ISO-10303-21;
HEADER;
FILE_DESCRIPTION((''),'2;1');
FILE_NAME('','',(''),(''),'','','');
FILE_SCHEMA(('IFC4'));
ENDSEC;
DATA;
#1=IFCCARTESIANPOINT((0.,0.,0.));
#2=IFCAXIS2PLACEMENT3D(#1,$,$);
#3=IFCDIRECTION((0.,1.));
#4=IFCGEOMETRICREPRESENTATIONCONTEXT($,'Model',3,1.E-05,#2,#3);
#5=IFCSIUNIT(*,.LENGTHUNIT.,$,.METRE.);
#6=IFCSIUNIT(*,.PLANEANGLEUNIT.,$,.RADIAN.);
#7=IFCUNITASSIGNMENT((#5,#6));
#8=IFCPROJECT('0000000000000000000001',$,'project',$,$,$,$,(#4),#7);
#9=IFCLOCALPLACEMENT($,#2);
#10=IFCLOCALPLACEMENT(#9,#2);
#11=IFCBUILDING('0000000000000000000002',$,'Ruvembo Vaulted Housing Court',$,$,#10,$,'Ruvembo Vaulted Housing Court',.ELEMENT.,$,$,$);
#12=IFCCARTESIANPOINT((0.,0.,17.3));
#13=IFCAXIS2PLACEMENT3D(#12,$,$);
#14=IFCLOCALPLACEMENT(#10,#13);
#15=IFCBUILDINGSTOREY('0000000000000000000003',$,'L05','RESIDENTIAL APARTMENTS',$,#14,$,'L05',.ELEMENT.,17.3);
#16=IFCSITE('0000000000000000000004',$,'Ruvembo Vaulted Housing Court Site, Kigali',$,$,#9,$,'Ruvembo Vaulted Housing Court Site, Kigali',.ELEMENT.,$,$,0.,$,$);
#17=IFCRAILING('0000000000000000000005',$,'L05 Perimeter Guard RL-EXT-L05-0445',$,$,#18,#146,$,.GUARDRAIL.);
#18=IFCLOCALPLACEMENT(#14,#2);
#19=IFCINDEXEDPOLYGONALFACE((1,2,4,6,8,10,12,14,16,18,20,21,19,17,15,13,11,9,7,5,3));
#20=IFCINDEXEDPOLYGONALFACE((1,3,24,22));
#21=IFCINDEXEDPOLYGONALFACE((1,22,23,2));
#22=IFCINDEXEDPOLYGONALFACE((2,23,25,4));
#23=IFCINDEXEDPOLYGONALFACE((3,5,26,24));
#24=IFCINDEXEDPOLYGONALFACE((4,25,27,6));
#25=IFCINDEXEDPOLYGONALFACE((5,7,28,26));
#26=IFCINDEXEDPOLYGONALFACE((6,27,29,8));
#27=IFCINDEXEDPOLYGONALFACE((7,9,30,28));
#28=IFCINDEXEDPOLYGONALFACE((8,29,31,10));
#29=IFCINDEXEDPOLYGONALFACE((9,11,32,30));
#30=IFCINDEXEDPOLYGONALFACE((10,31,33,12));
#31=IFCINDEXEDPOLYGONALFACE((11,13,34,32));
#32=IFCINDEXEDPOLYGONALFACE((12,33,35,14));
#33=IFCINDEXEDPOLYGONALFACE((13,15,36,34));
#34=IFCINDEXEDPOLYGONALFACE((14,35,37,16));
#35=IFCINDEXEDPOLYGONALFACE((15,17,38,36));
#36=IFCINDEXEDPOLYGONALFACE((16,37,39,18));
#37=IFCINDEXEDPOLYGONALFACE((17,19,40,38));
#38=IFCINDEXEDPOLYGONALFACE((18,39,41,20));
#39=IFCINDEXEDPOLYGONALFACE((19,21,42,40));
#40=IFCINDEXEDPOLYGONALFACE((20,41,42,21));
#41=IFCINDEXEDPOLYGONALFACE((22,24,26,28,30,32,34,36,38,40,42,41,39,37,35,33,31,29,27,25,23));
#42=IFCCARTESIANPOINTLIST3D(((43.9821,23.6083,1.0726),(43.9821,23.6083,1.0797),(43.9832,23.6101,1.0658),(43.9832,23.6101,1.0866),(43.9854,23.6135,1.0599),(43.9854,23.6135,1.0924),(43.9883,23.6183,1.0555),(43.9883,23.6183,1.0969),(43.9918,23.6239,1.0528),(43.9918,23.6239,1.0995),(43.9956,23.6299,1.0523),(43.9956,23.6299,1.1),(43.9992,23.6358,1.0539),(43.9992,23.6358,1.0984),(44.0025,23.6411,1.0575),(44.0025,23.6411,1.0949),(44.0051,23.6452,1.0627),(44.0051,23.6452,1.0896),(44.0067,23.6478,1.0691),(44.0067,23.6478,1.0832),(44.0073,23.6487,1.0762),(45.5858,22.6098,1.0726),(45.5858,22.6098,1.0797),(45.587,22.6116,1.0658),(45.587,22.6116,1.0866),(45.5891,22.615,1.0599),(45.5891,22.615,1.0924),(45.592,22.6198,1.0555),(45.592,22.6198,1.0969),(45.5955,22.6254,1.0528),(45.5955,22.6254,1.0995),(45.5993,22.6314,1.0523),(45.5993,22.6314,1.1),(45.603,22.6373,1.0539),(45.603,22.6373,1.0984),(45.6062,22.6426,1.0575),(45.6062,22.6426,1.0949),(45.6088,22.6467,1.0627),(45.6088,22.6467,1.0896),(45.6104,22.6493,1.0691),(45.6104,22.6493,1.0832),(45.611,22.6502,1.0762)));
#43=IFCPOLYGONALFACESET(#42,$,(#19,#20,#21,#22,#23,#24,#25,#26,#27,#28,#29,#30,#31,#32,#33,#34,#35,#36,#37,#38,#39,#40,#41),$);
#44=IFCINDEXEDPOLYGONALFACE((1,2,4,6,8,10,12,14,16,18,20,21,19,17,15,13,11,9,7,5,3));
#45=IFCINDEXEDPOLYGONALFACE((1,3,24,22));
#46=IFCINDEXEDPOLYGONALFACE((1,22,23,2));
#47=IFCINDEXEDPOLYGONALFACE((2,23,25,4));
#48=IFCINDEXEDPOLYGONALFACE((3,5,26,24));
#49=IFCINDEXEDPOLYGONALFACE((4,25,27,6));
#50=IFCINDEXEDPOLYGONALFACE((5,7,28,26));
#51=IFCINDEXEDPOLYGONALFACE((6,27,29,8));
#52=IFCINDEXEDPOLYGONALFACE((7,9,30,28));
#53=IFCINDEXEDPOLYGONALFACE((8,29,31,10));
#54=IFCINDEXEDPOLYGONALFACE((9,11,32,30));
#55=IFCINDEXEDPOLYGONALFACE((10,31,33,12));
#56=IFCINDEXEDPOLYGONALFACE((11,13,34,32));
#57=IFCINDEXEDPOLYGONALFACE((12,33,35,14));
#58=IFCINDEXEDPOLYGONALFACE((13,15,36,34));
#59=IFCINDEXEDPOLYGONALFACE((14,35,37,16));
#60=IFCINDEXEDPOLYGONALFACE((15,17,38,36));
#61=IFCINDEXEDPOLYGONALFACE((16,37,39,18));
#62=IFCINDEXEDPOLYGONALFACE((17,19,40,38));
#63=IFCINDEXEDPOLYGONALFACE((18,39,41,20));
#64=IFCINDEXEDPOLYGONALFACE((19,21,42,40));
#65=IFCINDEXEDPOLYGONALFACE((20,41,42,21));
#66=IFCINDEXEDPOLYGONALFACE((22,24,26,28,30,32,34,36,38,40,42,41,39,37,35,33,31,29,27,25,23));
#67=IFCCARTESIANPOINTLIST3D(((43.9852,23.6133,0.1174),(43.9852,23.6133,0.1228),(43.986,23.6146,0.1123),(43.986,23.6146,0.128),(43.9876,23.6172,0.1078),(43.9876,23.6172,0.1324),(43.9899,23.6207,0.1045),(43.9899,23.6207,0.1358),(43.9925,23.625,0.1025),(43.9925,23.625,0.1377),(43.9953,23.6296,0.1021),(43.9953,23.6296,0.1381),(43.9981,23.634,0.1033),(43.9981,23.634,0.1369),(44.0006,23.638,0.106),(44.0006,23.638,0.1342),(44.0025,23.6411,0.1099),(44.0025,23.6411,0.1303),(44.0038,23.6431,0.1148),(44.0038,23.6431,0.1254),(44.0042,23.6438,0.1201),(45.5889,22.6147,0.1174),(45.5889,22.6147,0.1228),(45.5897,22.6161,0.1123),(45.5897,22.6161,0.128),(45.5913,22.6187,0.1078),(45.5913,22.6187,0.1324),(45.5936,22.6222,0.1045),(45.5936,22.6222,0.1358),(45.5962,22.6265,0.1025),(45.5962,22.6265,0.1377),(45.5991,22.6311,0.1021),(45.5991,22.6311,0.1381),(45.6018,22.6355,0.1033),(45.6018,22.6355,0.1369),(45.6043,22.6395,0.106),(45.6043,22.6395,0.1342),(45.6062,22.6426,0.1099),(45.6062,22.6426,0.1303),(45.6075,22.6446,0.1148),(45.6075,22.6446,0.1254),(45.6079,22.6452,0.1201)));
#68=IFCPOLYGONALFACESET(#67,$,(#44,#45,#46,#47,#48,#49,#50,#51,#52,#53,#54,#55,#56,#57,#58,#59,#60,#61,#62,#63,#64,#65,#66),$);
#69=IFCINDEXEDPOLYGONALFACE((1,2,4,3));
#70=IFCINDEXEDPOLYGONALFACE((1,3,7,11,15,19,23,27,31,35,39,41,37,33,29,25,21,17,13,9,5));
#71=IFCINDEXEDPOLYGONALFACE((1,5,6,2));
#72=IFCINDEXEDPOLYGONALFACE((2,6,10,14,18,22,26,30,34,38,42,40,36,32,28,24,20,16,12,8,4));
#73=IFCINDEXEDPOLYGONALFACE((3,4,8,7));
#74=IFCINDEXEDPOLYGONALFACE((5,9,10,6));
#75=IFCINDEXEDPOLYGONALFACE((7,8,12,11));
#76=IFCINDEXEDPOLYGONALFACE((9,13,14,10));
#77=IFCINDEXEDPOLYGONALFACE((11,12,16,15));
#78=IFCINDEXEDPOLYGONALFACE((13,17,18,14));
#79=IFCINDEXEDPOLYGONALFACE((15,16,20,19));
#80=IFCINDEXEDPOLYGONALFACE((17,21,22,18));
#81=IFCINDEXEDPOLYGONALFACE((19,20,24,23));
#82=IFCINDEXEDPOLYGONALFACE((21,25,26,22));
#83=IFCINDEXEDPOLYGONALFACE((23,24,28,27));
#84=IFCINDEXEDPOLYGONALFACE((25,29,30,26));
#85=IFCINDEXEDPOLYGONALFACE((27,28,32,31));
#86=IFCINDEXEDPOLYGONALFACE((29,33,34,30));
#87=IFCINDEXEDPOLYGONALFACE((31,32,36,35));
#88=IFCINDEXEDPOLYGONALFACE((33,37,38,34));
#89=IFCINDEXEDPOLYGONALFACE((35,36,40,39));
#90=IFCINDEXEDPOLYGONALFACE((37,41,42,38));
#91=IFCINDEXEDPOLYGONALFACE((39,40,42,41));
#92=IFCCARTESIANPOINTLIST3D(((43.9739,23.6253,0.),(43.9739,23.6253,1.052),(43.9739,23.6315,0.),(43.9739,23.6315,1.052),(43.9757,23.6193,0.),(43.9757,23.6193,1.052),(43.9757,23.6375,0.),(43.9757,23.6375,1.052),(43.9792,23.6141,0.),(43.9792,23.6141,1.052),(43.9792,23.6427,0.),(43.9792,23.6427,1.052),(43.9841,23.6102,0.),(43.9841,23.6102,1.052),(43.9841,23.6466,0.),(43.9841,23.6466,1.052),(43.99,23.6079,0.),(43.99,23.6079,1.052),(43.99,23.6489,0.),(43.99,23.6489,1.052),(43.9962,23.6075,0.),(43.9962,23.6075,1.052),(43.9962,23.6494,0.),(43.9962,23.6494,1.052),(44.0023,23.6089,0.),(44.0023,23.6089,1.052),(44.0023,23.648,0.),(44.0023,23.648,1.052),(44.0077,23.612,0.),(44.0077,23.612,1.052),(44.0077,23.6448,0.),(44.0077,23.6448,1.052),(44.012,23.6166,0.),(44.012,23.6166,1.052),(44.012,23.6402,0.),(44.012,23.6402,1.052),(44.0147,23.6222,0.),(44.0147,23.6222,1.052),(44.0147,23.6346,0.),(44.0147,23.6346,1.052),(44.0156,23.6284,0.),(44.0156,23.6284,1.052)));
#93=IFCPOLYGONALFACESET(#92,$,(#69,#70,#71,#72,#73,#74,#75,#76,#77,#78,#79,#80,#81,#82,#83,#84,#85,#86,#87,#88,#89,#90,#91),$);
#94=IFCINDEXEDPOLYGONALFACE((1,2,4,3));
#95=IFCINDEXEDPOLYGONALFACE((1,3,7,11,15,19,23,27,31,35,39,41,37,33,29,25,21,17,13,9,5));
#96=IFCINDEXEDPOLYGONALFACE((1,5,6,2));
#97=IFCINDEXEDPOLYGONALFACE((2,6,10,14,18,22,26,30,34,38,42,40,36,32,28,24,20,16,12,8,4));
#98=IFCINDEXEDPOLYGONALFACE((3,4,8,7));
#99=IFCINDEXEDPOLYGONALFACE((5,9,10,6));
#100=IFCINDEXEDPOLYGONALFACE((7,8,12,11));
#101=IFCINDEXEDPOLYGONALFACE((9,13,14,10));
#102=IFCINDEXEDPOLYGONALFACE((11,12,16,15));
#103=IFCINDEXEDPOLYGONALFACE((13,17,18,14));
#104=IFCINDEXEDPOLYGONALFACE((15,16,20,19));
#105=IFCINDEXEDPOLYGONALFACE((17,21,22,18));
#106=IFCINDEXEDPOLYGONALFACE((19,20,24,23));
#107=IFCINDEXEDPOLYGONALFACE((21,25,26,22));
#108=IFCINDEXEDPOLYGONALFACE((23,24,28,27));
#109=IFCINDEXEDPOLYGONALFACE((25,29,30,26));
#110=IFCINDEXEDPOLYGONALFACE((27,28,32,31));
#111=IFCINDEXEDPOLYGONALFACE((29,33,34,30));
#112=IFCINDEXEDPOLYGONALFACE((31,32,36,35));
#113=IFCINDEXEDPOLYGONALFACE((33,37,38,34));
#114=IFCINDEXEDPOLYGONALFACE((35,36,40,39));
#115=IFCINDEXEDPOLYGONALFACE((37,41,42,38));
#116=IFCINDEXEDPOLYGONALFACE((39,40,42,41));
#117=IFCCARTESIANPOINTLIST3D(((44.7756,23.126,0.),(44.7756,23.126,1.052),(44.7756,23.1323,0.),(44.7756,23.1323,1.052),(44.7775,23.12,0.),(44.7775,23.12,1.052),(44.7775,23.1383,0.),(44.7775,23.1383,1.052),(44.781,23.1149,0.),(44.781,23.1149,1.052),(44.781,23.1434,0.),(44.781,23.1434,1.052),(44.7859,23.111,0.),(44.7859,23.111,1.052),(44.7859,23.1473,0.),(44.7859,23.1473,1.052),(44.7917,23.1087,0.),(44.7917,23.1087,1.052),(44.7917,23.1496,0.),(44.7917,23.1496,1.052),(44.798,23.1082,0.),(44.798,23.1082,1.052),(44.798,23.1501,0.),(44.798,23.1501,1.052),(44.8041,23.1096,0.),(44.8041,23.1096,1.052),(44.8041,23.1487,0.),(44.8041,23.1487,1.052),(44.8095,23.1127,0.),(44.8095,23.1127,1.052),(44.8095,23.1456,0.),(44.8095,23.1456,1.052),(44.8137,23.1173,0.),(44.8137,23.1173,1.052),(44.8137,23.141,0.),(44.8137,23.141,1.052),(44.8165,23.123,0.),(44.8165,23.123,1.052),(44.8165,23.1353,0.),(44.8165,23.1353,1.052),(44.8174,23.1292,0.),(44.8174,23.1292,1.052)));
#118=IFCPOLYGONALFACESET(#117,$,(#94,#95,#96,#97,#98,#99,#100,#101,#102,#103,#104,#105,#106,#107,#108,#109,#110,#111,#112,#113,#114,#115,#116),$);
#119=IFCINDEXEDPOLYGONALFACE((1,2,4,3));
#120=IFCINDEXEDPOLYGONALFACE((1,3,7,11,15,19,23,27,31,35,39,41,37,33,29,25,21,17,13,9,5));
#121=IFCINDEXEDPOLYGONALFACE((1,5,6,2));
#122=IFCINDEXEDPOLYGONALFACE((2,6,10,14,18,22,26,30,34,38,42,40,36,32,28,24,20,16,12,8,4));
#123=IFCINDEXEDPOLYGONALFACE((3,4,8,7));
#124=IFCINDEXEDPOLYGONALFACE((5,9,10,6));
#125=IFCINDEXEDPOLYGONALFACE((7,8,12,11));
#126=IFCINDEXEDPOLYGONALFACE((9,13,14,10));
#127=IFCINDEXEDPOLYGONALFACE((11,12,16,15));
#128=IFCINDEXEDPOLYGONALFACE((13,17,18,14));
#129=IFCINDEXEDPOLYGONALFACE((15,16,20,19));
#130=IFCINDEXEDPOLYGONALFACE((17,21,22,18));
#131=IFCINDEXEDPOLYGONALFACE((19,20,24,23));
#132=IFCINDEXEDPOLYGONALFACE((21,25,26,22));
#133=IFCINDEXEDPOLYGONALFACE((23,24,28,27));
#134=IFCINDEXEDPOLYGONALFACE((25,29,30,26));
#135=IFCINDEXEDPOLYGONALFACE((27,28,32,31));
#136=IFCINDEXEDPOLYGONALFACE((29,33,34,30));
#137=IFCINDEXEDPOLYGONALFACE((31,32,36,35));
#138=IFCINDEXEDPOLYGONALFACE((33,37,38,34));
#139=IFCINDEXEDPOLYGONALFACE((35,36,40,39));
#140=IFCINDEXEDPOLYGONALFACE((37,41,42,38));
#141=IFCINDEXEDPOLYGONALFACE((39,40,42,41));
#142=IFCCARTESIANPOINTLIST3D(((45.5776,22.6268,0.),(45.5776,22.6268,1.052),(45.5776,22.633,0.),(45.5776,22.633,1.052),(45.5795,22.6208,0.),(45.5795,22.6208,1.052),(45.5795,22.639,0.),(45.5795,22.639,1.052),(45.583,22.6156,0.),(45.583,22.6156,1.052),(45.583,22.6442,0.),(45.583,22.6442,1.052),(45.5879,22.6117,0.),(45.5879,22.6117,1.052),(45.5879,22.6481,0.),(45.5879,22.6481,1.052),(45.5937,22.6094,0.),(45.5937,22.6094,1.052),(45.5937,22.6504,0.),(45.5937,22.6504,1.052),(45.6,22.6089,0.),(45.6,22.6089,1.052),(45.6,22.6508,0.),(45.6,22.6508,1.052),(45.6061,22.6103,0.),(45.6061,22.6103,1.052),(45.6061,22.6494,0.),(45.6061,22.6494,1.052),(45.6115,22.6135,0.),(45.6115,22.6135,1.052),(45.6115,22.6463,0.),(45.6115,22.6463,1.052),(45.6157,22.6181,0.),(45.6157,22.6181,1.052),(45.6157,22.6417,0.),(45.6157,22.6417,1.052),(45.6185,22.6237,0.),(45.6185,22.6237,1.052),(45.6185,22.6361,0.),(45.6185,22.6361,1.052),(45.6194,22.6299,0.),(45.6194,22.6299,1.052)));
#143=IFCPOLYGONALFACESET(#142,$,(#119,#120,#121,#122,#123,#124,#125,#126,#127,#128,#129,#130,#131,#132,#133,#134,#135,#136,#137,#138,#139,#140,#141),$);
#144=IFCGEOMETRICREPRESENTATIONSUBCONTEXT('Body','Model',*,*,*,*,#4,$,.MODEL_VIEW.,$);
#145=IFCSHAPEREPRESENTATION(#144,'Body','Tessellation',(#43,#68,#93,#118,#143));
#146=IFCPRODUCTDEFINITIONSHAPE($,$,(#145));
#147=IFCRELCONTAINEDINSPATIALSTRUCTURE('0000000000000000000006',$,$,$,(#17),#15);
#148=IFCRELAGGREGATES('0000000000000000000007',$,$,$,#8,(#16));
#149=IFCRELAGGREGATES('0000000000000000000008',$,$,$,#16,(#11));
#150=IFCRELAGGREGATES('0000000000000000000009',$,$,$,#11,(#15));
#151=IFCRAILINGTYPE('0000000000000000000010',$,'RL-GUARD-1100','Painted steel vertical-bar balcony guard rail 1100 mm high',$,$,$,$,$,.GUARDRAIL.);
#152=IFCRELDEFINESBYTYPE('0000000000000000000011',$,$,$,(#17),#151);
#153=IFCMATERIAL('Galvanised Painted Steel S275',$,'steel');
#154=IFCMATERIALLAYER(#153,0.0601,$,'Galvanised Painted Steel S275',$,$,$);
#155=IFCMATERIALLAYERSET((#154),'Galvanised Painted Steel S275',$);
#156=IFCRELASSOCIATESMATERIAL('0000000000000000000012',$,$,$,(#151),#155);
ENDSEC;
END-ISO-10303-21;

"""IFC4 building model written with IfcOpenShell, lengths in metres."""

from ifc_helpers import new_model, si_unit, direction, frame, origin, origin_2d, place, context, subcontext, project, spatial, circle, extrude, material, layer, layer_set, type_object, element, save


model = new_model("IFC4")

# Units and contexts
model_context = context("Model", 3, precision=1e-05, world=origin(), true_north=direction((0.0, 1.0)))
body_context = subcontext(model_context, "Body", "Model", "MODEL_VIEW")
ifc_project = project(units=[si_unit("LENGTHUNIT", "METRE"), si_unit("PLANEANGLEUNIT", "RADIAN")], contexts=[model_context])

# Site, building, storey
site_placement = place(None, origin())
site = spatial("IfcSite", under=ifc_project, at=site_placement, Name="Ruvembo Vaulted Housing Court Site, Kigali", LongName="Ruvembo Vaulted Housing Court Site, Kigali", CompositionType="ELEMENT", RefElevation=0.0)
building_placement = place(site_placement, origin())
building = spatial("IfcBuilding", under=site, at=building_placement, Name="Ruvembo Vaulted Housing Court", LongName="Ruvembo Vaulted Housing Court", CompositionType="ELEMENT")
storey_placement = place(building_placement, frame((0.0, 0.0, 17.3)))
storey = spatial("IfcBuildingStorey", under=building, at=storey_placement, Name="L05", Description="RESIDENTIAL APARTMENTS", LongName="L05", CompositionType="ELEMENT", Elevation=17.3)

# Railing
ifc_material_1 = material(Name="Galvanised Painted Steel S275", Category="steel")
ifc_layer = layer(ifc_material_1, 0.0601, Name="Galvanised Painted Steel S275")
ifc_layer_set = layer_set([ifc_layer], Name="Galvanised Painted Steel S275")
railing_type = type_object("IfcRailingType", Name="RL-GUARD-1100", Description="Painted steel vertical-bar balcony guard rail 1100 mm high", PredefinedType="GUARDRAIL", material=ifc_layer_set)
railing_1_placement = place(storey_placement, frame((43.9946, 23.6284, 0.0)))
element("IfcRailing", 1, at=railing_1_placement, inside=storey, type_object=railing_type, Name="L05 Perimeter Guard RL-EXT-L05-0445", PredefinedType="GUARDRAIL", context=body_context, shape_type="SweptSolid", body=[
    extrude(circle(Radius=0.0239, at=origin_2d()), frame((0.0, 0.0, 1.0762), z_axis=(0.848905, -0.528546, 0.0), x_axis=(0.528546, 0.848905, 0.0)), (0.0, 0.0, 1.0), 1.8892),
    extrude(circle(Radius=0.0181, at=origin_2d()), frame((0.0, 0.0, 0.1201), z_axis=(0.848905, -0.528546, 0.0), x_axis=(0.528546, 0.848905, 0.0)), (0.0, 0.0, 1.0), 1.8892),
    extrude(circle(Radius=0.021, at=origin_2d()), origin(), (0.0, 0.0, 1.0), 1.052),
    extrude(circle(Radius=0.021, at=origin_2d()), frame((0.8018, -0.4993, 0.0)), (0.0, 0.0, 1.0), 1.052),
    extrude(circle(Radius=0.021, at=origin_2d()), frame((1.6038, -0.9985, 0.0)), (0.0, 0.0, 1.0), 1.052),
])

save(model, "model.ifc")
